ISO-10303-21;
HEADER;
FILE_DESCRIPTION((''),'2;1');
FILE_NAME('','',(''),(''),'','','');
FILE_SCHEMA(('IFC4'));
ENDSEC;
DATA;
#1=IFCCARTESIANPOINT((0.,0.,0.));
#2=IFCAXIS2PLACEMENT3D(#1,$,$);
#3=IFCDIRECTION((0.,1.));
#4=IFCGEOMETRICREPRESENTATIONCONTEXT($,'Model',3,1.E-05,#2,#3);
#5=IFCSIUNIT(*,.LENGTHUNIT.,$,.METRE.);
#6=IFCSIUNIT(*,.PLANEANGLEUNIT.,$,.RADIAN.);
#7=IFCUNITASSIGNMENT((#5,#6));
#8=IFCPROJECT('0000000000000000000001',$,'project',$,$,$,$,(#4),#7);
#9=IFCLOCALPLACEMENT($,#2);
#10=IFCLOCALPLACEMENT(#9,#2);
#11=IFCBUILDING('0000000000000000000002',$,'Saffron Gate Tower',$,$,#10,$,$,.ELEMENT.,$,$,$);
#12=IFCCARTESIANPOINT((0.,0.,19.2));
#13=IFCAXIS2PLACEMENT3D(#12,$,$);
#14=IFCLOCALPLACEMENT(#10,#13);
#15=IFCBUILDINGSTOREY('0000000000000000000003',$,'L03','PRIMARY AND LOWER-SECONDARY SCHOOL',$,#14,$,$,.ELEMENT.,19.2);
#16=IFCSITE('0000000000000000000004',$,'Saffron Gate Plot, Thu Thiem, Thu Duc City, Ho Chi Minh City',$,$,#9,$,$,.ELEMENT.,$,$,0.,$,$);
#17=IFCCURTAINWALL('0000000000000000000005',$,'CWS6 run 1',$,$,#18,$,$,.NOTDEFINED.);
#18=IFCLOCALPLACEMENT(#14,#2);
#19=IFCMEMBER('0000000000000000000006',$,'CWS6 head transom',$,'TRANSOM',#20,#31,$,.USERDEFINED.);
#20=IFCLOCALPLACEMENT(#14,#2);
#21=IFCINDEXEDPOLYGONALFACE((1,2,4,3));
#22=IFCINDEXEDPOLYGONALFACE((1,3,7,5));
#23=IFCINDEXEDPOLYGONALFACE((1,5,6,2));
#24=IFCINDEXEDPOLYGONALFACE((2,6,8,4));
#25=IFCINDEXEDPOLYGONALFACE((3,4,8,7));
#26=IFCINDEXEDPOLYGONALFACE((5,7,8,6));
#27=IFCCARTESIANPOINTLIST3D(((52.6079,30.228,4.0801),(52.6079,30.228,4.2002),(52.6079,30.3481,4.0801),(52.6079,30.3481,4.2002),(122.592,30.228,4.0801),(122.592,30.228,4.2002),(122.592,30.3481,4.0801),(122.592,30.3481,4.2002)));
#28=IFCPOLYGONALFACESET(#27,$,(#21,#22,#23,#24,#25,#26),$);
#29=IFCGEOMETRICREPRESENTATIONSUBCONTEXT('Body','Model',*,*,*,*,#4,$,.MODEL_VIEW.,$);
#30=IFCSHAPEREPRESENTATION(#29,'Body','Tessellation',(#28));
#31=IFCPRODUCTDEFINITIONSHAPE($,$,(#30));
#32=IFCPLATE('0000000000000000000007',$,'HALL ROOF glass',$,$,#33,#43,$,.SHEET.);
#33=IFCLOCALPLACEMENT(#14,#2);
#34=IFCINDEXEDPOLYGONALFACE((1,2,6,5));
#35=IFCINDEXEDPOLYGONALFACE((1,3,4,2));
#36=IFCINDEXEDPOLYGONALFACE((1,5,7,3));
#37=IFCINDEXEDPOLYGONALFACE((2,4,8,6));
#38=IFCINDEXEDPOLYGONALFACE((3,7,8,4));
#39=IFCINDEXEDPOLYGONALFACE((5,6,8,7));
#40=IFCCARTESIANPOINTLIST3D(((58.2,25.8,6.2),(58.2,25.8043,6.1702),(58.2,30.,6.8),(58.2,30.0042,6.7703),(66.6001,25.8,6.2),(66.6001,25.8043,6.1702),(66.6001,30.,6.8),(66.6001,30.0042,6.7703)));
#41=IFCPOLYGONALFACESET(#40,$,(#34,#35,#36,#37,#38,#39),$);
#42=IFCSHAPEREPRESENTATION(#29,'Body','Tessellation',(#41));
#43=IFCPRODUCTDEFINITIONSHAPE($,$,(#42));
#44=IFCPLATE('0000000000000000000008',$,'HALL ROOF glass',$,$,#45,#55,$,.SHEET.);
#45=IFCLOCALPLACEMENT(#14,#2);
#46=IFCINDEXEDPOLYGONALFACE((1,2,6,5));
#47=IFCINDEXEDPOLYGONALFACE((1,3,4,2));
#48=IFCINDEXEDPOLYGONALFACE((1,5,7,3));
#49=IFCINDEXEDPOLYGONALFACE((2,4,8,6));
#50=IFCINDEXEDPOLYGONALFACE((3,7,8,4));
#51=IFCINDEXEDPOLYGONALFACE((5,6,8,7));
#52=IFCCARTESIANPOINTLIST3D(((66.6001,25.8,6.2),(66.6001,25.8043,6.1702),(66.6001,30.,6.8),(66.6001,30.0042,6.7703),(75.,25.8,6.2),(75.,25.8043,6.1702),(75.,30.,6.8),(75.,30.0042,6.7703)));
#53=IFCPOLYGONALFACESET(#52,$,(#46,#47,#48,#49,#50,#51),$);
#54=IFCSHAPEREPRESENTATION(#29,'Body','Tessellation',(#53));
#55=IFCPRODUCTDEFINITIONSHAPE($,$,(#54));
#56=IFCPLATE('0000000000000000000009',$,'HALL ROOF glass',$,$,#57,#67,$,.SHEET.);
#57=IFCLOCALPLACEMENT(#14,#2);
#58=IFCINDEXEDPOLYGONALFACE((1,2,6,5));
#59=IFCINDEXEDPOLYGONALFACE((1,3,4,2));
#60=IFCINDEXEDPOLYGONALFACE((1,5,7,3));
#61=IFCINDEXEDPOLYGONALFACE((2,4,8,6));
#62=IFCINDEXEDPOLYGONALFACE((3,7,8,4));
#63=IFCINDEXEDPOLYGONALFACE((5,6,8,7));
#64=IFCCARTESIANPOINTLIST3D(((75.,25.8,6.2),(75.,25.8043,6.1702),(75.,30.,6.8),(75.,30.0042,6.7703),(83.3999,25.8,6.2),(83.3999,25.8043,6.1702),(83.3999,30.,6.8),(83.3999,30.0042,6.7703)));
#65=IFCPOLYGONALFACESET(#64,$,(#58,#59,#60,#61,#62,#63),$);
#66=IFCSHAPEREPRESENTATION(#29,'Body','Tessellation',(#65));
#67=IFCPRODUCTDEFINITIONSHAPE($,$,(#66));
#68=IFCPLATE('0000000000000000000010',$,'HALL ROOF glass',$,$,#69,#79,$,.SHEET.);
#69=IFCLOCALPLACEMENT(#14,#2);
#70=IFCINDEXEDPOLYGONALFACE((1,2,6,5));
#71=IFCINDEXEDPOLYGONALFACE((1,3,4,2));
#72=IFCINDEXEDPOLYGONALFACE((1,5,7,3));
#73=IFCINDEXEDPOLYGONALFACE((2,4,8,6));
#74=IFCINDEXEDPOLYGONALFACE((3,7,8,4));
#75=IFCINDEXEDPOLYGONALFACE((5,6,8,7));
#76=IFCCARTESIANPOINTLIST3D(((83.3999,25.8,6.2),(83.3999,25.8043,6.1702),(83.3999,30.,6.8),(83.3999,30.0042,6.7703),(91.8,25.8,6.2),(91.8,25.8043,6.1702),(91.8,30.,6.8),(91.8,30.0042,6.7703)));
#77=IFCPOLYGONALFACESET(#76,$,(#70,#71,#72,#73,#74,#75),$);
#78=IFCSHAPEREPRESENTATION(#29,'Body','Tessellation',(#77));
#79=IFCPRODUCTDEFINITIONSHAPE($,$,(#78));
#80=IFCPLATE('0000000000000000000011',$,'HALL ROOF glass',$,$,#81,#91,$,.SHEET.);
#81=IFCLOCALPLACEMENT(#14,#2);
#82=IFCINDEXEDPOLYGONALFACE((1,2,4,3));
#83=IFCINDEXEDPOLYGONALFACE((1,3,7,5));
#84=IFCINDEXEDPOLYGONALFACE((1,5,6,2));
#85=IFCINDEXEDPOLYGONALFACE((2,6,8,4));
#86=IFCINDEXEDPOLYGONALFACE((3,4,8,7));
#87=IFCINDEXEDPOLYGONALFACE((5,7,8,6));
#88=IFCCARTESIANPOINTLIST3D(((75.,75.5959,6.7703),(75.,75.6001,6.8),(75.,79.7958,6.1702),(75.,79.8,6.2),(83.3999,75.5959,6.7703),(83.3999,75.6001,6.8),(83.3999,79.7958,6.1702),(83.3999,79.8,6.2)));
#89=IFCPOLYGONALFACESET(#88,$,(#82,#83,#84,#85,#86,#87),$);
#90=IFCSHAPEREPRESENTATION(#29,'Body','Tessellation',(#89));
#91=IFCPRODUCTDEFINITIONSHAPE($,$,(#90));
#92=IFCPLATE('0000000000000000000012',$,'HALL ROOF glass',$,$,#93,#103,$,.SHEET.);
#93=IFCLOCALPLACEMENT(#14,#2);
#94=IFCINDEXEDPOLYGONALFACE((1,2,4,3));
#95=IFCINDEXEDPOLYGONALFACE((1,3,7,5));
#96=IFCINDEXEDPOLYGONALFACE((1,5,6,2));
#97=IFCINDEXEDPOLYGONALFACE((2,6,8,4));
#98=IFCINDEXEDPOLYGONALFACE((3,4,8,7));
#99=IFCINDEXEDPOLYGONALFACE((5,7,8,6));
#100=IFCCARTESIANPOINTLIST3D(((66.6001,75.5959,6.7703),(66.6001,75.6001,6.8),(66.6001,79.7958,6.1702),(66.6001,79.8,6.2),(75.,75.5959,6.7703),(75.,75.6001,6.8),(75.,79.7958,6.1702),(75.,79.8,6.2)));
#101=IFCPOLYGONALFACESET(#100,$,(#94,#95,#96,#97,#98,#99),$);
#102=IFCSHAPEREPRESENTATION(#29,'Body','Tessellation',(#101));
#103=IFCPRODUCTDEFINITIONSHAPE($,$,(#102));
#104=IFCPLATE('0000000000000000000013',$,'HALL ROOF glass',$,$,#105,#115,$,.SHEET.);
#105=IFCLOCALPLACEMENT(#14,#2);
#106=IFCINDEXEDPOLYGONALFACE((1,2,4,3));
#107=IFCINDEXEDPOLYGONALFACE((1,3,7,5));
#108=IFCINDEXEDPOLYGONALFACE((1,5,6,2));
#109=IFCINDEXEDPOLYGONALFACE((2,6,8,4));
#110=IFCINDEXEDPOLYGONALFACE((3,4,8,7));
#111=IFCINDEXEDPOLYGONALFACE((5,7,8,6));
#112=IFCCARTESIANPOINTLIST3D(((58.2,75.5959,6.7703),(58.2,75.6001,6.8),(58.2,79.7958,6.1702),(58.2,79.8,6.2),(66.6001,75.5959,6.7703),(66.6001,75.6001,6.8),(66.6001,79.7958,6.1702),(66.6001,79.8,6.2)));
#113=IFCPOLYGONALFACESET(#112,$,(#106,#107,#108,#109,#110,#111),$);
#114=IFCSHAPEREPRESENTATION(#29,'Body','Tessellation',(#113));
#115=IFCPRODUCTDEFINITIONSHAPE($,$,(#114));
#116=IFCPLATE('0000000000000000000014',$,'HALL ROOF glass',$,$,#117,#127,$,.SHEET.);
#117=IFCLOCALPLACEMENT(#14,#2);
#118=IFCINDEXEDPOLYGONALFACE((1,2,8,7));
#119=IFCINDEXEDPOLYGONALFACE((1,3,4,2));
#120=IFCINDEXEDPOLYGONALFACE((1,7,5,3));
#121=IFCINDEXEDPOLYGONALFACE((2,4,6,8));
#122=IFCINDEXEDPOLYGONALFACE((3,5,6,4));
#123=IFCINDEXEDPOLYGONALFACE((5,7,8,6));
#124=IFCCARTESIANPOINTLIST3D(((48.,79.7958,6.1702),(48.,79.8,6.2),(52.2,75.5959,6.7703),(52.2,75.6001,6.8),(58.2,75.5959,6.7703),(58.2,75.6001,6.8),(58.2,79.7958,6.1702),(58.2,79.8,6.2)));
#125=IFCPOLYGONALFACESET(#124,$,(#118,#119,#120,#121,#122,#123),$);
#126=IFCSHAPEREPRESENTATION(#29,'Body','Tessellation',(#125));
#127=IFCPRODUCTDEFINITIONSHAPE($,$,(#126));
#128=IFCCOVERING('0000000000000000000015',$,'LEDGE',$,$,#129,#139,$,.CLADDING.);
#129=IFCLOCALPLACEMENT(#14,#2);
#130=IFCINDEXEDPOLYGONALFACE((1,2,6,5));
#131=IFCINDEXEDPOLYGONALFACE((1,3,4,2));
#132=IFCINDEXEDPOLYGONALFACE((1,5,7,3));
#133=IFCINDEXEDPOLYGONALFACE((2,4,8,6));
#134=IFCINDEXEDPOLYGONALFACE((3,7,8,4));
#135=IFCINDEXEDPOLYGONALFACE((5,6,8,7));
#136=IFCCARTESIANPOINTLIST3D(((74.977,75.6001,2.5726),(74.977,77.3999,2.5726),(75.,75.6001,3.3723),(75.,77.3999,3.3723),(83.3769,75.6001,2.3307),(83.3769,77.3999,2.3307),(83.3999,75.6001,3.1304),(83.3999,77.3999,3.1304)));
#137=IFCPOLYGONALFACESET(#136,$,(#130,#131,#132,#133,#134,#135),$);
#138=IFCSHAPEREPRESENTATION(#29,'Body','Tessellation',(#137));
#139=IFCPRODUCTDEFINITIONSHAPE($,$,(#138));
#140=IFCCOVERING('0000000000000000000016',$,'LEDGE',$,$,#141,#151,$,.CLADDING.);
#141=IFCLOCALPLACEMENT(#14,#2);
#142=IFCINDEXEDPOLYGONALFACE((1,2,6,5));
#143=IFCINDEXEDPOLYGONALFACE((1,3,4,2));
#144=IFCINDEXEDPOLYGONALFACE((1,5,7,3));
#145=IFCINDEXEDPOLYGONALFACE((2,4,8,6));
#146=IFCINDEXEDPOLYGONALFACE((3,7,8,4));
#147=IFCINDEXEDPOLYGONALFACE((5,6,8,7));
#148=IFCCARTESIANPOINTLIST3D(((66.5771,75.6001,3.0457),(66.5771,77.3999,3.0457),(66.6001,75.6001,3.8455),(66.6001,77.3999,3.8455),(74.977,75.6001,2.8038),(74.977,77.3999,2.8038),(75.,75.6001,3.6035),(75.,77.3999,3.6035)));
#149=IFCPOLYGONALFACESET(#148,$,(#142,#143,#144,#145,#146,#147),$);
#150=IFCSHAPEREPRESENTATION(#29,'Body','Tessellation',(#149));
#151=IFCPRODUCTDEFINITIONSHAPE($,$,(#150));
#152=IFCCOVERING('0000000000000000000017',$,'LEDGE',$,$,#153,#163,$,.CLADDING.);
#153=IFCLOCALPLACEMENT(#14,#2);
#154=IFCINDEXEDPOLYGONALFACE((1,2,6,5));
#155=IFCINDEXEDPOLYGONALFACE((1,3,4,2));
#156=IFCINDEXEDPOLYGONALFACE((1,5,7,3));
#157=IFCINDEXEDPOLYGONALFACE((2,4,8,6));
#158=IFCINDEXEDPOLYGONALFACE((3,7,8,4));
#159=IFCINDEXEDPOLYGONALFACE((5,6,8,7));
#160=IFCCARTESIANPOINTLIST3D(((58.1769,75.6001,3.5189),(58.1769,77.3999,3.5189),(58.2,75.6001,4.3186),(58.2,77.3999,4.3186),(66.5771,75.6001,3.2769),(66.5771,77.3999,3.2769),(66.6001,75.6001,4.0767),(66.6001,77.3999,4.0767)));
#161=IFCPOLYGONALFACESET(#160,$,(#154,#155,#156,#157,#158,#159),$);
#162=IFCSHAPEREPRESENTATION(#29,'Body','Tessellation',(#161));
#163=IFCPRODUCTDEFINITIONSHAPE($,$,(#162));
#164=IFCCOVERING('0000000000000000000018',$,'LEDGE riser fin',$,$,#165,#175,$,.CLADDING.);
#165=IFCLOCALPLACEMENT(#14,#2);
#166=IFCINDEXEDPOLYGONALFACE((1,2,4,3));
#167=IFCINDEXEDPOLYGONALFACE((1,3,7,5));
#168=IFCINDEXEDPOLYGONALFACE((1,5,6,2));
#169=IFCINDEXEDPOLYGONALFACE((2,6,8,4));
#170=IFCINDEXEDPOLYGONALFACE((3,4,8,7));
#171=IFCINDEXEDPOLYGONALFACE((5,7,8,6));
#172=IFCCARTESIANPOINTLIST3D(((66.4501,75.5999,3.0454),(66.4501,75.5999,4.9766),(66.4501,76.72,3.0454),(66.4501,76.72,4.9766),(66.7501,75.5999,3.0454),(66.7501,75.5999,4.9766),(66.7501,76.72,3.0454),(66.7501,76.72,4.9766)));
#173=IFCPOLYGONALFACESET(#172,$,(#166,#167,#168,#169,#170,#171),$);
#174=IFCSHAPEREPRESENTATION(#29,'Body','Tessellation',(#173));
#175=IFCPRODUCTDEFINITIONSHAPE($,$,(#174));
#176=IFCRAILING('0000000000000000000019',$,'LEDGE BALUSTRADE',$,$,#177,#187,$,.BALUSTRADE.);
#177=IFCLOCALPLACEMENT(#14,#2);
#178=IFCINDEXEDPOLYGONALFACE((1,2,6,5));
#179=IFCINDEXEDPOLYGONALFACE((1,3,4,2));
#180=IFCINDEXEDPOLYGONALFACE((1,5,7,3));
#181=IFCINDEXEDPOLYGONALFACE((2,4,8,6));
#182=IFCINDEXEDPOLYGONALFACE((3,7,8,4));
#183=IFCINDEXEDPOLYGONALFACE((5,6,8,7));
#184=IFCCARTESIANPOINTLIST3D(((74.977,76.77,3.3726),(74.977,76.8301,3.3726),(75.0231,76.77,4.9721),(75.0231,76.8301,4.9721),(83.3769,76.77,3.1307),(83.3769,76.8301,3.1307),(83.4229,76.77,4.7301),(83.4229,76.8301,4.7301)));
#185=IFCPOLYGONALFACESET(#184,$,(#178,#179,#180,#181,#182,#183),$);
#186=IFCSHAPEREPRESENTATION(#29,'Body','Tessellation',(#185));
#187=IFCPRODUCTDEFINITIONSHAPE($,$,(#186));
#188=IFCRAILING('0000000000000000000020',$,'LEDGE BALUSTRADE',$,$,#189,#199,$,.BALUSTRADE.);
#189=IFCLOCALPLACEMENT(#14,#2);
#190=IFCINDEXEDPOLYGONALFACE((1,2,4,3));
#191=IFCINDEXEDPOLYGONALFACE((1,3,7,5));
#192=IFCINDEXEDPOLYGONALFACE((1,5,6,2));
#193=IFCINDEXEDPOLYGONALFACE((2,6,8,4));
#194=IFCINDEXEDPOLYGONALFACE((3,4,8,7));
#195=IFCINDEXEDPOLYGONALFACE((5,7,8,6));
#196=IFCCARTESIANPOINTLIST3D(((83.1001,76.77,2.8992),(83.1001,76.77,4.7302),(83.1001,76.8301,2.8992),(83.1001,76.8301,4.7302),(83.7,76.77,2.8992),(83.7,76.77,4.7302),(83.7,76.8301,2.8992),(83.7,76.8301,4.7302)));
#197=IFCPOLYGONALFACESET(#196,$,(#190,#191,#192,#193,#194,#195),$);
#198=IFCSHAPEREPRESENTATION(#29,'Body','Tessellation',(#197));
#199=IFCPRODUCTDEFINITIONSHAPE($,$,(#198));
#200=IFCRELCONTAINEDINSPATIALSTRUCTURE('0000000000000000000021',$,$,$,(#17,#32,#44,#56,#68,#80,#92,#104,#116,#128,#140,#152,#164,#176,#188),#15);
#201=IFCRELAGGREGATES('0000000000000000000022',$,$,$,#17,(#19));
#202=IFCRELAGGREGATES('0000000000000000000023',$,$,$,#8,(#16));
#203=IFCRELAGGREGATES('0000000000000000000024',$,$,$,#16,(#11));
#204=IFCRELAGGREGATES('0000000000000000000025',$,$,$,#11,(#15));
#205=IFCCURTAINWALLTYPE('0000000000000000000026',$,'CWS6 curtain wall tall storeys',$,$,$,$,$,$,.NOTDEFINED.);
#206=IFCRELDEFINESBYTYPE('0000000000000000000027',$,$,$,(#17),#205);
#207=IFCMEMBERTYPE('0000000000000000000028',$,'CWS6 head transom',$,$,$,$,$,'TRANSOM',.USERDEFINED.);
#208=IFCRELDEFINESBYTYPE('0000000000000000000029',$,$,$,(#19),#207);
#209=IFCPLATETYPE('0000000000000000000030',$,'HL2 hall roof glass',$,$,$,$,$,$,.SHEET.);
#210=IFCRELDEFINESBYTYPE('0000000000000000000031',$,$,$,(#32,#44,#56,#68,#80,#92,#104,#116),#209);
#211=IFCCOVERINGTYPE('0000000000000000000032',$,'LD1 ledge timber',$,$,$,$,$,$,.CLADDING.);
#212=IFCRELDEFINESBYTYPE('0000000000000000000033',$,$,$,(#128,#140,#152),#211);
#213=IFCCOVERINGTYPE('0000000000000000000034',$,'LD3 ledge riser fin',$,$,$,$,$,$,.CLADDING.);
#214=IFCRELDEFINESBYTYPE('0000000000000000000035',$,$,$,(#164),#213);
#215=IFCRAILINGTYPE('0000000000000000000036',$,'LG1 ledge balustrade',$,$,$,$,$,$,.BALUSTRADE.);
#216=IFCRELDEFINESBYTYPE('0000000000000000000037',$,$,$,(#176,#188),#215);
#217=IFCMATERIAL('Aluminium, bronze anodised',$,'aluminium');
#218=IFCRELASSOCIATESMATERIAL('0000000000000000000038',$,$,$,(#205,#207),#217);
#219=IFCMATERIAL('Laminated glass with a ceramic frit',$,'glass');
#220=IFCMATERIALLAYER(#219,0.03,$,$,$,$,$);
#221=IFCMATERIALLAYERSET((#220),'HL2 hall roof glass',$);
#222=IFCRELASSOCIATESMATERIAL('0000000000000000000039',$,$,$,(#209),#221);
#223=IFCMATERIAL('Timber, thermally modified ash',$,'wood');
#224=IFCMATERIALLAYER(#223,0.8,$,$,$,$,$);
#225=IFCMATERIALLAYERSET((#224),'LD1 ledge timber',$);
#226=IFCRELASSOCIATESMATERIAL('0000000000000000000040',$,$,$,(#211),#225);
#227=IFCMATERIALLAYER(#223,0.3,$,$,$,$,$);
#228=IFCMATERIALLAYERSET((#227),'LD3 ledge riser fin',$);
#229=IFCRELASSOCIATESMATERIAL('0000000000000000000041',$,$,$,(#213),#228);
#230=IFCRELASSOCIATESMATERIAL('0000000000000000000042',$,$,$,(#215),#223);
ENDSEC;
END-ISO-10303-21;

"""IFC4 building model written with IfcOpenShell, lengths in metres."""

from ifc_helpers import new_model, si_unit, direction, frame, origin, origin_2d, place, context, subcontext, project, spatial, polyline, rectangle, outline, extrude, material, layer, layer_set, material_profile, profile_set, type_object, element, aggregate, save


model = new_model("IFC4")

# Units and contexts
model_context = context("Model", 3, precision=1e-05, world=origin(), true_north=direction((0.0, 1.0)))
body_context = subcontext(model_context, "Body", "Model", "MODEL_VIEW")
ifc_project = project(units=[si_unit("LENGTHUNIT", "METRE"), si_unit("PLANEANGLEUNIT", "RADIAN")], contexts=[model_context])

# Site, building, storey
site_placement = place(None, origin())
site = spatial("IfcSite", under=ifc_project, at=site_placement, Name="Saffron Gate Plot, Thu Thiem, Thu Duc City, Ho Chi Minh City", CompositionType="ELEMENT", RefElevation=0.0)
building_placement = place(site_placement, origin())
building = spatial("IfcBuilding", under=site, at=building_placement, Name="Saffron Gate Tower", CompositionType="ELEMENT")
storey_placement = place(building_placement, frame((0.0, 0.0, 19.2)))
storey = spatial("IfcBuildingStorey", under=building, at=storey_placement, Name="L03", Description="PRIMARY AND LOWER-SECONDARY SCHOOL", CompositionType="ELEMENT", Elevation=19.2)

# Curtain wall, member
ifc_material_1 = material(Name="Aluminium, bronze anodised", Category="aluminium")
curtain_wall_type = type_object("IfcCurtainWallType", Name="CWS6 curtain wall tall storeys", PredefinedType="NOTDEFINED", material=ifc_material_1)
curtain_wall_placement = place(storey_placement, origin())
curtain_wall = element("IfcCurtainWall", 1, at=curtain_wall_placement, inside=storey, type_object=curtain_wall_type, Name="CWS6 run 1", PredefinedType="NOTDEFINED")
ifc_material_profile = material_profile(ifc_material_1, rectangle(XDim=0.1201, YDim=0.1201, at=origin_2d()))
ifc_profile_set = profile_set([ifc_material_profile], Name="Aluminium, bronze anodised")
member_type = type_object("IfcMemberType", Name="CWS6 head transom", ElementType="TRANSOM", PredefinedType="USERDEFINED", material=ifc_profile_set)
member_placement = place(storey_placement, frame((52.6079, 30.2881, 4.1401), z_axis=(1.0, 0.0, 0.0), x_axis=(0.0, 1.0, 0.0)))
member = element("IfcMember", 2, at=member_placement, type_object=member_type, Name="CWS6 head transom", ObjectType="TRANSOM", PredefinedType="USERDEFINED", context=body_context, shape_type="SweptSolid", body=[
    extrude(rectangle(XDim=0.1201, YDim=0.1201, at=origin_2d()), origin(), (0.0, 0.0, 1.0), 69.9841),
])
aggregate(curtain_wall, [member])

# Plates
ifc_material_2 = material(Name="Laminated glass with a ceramic frit", Category="glass")
ifc_layer_1 = layer(ifc_material_2, 0.03)
ifc_layer_set_1 = layer_set([ifc_layer_1], Name="HL2 hall roof glass")
plate_type = type_object("IfcPlateType", Name="HL2 hall roof glass", PredefinedType="SHEET", material=ifc_layer_set_1)
plate_1_placement = place(storey_placement, frame((58.2, 30.0, 6.8), z_axis=(0.0, -0.141446, 0.989946), x_axis=(1.0, 0.0, 0.0)))
element("IfcPlate", 3, at=plate_1_placement, inside=storey, type_object=plate_type, Name="HALL ROOF glass", PredefinedType="SHEET", context=body_context, shape_type="SweptSolid", body=[
    extrude(outline(polyline([(0.0, 0.0), (8.4001, 0.0), (8.4001, -4.2426), (0.0, -4.2426), (0.0, 0.0)])), origin(), (0.0, 0.0, -1.0), 0.03),
])
for number, where, z_axis, x_axis, name in (
    (4, (66.6001, 30.0, 6.8), (0.0, -0.141446, 0.989946), (1.0, 0.0, 0.0), "HALL ROOF glass"),
    (5, (75.0, 30.0, 6.8), (0.0, -0.141446, 0.989946), (1.0, 0.0, 0.0), "HALL ROOF glass"),
):
    element("IfcPlate", number, at=place(storey_placement, frame(where, z_axis=z_axis, x_axis=x_axis)), inside=storey, type_object=plate_type, Name=name, PredefinedType="SHEET", context=body_context, shape_type="SweptSolid", body=[
        extrude(outline(polyline([(0.0, 0.0), (8.3999, 0.0), (8.3999, -4.2426), (0.0, -4.2426), (0.0, 0.0)])), origin(), (0.0, 0.0, -1.0), 0.03),
    ])
plate_2_placement = place(storey_placement, frame((83.3999, 30.0, 6.8), z_axis=(0.0, -0.141446, 0.989946), x_axis=(1.0, 0.0, 0.0)))
element("IfcPlate", 6, at=plate_2_placement, inside=storey, type_object=plate_type, Name="HALL ROOF glass", PredefinedType="SHEET", context=body_context, shape_type="SweptSolid", body=[
    extrude(outline(polyline([(0.0, 0.0), (8.4001, 0.0), (8.4001, -4.2426), (0.0, -4.2426), (0.0, 0.0)])), origin(), (0.0, 0.0, -1.0), 0.03),
])
for number, where, z_axis, x_axis, name in (
    (7, (83.3999, 75.6001, 6.8), (0.0, 0.141446, 0.989946), (-1.0, 0.0, 0.0), "HALL ROOF glass"),
    (8, (75.0, 75.6001, 6.8), (0.0, 0.141446, 0.989946), (-1.0, 0.0, 0.0), "HALL ROOF glass"),
):
    element("IfcPlate", number, at=place(storey_placement, frame(where, z_axis=z_axis, x_axis=x_axis)), inside=storey, type_object=plate_type, Name=name, PredefinedType="SHEET", context=body_context, shape_type="SweptSolid", body=[
        extrude(outline(polyline([(0.0, 0.0), (8.3999, 0.0), (8.3999, -4.2426), (0.0, -4.2426), (0.0, 0.0)])), origin(), (0.0, 0.0, -1.0), 0.03),
    ])
plate_3_placement = place(storey_placement, frame((66.6001, 75.6001, 6.8), z_axis=(0.0, 0.141446, 0.989946), x_axis=(-1.0, 0.0, 0.0)))
element("IfcPlate", 9, at=plate_3_placement, inside=storey, type_object=plate_type, Name="HALL ROOF glass", PredefinedType="SHEET", context=body_context, shape_type="SweptSolid", body=[
    extrude(outline(polyline([(0.0, 0.0), (8.4001, 0.0), (8.4001, -4.2426), (0.0, -4.2426), (0.0, 0.0)])), origin(), (0.0, 0.0, -1.0), 0.03),
])
plate_4_placement = place(storey_placement, frame((58.2, 75.6001, 6.8), z_axis=(0.0, 0.141446, 0.989946), x_axis=(-1.0, 0.0, 0.0)))
element("IfcPlate", 10, at=plate_4_placement, inside=storey, type_object=plate_type, Name="HALL ROOF glass", PredefinedType="SHEET", context=body_context, shape_type="SweptSolid", body=[
    extrude(outline(polyline([(0.0, 0.0), (6.0, 0.0), (10.2, -4.2426), (0.0, -4.2426), (0.0, 0.0)])), origin(), (0.0, 0.0, -1.0), 0.03),
])

# Coverings
ifc_material_3 = material(Name="Timber, thermally modified ash", Category="wood")
ifc_layer_2 = layer(ifc_material_3, 0.8)
ifc_layer_set_2 = layer_set([ifc_layer_2], Name="LD1 ledge timber")
covering_type_1 = type_object("IfcCoveringType", Name="LD1 ledge timber", PredefinedType="CLADDING", material=ifc_layer_set_2)
for number, where, z_axis, x_axis, name in (
    (11, (83.3999, 75.6001, 3.1304), (0.028791, 0.0, 0.999585), (-0.999585, 0.0, 0.028791), "LEDGE"),
    (12, (75.0, 75.6001, 3.6035), (0.028791, 0.0, 0.999585), (-0.999585, 0.0, 0.028791), "LEDGE"),
):
    element("IfcCovering", number, at=place(storey_placement, frame(where, z_axis=z_axis, x_axis=x_axis)), inside=storey, type_object=covering_type_1, Name=name, PredefinedType="CLADDING", context=body_context, shape_type="SweptSolid", body=[
        extrude(outline(polyline([(0.0, 0.0), (8.4034, 0.0), (8.4034, -1.7998), (0.0, -1.7998), (0.0, 0.0)])), origin(), (0.0, 0.0, -1.0), 0.8),
    ])
covering_1_placement = place(storey_placement, frame((66.6001, 75.6001, 4.0767), z_axis=(0.02879, 0.0, 0.999585), x_axis=(-0.999585, 0.0, 0.02879)))
element("IfcCovering", 13, at=covering_1_placement, inside=storey, type_object=covering_type_1, Name="LEDGE", PredefinedType="CLADDING", context=body_context, shape_type="SweptSolid", body=[
    extrude(outline(polyline([(0.0, 0.0), (8.4036, 0.0), (8.4036, -1.7998), (0.0, -1.7998), (0.0, 0.0)])), origin(), (0.0, 0.0, -1.0), 0.8),
])
ifc_layer_3 = layer(ifc_material_3, 0.3)
ifc_layer_set_3 = layer_set([ifc_layer_3], Name="LD3 ledge riser fin")
covering_type_2 = type_object("IfcCoveringType", Name="LD3 ledge riser fin", PredefinedType="CLADDING", material=ifc_layer_set_3)
covering_2_placement = place(storey_placement, frame((66.6001, 76.1599, 3.0454), z_axis=(0.0, 0.0, 1.0), x_axis=(-1.0, 0.0, 0.0)))
element("IfcCovering", 14, at=covering_2_placement, inside=storey, type_object=covering_type_2, Name="LEDGE riser fin", PredefinedType="CLADDING", context=body_context, shape_type="SweptSolid", body=[
    extrude(rectangle(XDim=0.3, YDim=1.1201, at=origin_2d()), origin(), (0.0, 0.0, 1.0), 1.9312),
])

# Railings
railing_type = type_object("IfcRailingType", Name="LG1 ledge balustrade", PredefinedType="BALUSTRADE", material=ifc_material_3)
railing_1_placement = place(storey_placement, frame((83.3999, 76.8, 3.1304)))
element("IfcRailing", 15, at=railing_1_placement, inside=storey, type_object=railing_type, Name="LEDGE BALUSTRADE", PredefinedType="BALUSTRADE", context=body_context, shape_type="SweptSolid", body=[
    extrude(rectangle(XDim=0.0601, YDim=1.6001, at=origin_2d()), frame((0.0, 0.0, 0.8), z_axis=(-0.999585, 0.0, 0.028791), x_axis=(0.0, -1.0, 0.0)), (0.0, 0.0, 1.0), 8.4033),
])
railing_2_placement = place(storey_placement, frame((83.7, 76.8, 2.8992)))
element("IfcRailing", 16, at=railing_2_placement, inside=storey, type_object=railing_type, Name="LEDGE BALUSTRADE", PredefinedType="BALUSTRADE", context=body_context, shape_type="SweptSolid", body=[
    extrude(rectangle(XDim=0.0601, YDim=1.8311, at=origin_2d()), frame((0.0, 0.0, 0.9155), z_axis=(-1.0, 0.0, 0.0), x_axis=(0.0, -1.0, 0.0)), (0.0, 0.0, 1.0), 0.5999),
])

save(model, "model.ifc")
